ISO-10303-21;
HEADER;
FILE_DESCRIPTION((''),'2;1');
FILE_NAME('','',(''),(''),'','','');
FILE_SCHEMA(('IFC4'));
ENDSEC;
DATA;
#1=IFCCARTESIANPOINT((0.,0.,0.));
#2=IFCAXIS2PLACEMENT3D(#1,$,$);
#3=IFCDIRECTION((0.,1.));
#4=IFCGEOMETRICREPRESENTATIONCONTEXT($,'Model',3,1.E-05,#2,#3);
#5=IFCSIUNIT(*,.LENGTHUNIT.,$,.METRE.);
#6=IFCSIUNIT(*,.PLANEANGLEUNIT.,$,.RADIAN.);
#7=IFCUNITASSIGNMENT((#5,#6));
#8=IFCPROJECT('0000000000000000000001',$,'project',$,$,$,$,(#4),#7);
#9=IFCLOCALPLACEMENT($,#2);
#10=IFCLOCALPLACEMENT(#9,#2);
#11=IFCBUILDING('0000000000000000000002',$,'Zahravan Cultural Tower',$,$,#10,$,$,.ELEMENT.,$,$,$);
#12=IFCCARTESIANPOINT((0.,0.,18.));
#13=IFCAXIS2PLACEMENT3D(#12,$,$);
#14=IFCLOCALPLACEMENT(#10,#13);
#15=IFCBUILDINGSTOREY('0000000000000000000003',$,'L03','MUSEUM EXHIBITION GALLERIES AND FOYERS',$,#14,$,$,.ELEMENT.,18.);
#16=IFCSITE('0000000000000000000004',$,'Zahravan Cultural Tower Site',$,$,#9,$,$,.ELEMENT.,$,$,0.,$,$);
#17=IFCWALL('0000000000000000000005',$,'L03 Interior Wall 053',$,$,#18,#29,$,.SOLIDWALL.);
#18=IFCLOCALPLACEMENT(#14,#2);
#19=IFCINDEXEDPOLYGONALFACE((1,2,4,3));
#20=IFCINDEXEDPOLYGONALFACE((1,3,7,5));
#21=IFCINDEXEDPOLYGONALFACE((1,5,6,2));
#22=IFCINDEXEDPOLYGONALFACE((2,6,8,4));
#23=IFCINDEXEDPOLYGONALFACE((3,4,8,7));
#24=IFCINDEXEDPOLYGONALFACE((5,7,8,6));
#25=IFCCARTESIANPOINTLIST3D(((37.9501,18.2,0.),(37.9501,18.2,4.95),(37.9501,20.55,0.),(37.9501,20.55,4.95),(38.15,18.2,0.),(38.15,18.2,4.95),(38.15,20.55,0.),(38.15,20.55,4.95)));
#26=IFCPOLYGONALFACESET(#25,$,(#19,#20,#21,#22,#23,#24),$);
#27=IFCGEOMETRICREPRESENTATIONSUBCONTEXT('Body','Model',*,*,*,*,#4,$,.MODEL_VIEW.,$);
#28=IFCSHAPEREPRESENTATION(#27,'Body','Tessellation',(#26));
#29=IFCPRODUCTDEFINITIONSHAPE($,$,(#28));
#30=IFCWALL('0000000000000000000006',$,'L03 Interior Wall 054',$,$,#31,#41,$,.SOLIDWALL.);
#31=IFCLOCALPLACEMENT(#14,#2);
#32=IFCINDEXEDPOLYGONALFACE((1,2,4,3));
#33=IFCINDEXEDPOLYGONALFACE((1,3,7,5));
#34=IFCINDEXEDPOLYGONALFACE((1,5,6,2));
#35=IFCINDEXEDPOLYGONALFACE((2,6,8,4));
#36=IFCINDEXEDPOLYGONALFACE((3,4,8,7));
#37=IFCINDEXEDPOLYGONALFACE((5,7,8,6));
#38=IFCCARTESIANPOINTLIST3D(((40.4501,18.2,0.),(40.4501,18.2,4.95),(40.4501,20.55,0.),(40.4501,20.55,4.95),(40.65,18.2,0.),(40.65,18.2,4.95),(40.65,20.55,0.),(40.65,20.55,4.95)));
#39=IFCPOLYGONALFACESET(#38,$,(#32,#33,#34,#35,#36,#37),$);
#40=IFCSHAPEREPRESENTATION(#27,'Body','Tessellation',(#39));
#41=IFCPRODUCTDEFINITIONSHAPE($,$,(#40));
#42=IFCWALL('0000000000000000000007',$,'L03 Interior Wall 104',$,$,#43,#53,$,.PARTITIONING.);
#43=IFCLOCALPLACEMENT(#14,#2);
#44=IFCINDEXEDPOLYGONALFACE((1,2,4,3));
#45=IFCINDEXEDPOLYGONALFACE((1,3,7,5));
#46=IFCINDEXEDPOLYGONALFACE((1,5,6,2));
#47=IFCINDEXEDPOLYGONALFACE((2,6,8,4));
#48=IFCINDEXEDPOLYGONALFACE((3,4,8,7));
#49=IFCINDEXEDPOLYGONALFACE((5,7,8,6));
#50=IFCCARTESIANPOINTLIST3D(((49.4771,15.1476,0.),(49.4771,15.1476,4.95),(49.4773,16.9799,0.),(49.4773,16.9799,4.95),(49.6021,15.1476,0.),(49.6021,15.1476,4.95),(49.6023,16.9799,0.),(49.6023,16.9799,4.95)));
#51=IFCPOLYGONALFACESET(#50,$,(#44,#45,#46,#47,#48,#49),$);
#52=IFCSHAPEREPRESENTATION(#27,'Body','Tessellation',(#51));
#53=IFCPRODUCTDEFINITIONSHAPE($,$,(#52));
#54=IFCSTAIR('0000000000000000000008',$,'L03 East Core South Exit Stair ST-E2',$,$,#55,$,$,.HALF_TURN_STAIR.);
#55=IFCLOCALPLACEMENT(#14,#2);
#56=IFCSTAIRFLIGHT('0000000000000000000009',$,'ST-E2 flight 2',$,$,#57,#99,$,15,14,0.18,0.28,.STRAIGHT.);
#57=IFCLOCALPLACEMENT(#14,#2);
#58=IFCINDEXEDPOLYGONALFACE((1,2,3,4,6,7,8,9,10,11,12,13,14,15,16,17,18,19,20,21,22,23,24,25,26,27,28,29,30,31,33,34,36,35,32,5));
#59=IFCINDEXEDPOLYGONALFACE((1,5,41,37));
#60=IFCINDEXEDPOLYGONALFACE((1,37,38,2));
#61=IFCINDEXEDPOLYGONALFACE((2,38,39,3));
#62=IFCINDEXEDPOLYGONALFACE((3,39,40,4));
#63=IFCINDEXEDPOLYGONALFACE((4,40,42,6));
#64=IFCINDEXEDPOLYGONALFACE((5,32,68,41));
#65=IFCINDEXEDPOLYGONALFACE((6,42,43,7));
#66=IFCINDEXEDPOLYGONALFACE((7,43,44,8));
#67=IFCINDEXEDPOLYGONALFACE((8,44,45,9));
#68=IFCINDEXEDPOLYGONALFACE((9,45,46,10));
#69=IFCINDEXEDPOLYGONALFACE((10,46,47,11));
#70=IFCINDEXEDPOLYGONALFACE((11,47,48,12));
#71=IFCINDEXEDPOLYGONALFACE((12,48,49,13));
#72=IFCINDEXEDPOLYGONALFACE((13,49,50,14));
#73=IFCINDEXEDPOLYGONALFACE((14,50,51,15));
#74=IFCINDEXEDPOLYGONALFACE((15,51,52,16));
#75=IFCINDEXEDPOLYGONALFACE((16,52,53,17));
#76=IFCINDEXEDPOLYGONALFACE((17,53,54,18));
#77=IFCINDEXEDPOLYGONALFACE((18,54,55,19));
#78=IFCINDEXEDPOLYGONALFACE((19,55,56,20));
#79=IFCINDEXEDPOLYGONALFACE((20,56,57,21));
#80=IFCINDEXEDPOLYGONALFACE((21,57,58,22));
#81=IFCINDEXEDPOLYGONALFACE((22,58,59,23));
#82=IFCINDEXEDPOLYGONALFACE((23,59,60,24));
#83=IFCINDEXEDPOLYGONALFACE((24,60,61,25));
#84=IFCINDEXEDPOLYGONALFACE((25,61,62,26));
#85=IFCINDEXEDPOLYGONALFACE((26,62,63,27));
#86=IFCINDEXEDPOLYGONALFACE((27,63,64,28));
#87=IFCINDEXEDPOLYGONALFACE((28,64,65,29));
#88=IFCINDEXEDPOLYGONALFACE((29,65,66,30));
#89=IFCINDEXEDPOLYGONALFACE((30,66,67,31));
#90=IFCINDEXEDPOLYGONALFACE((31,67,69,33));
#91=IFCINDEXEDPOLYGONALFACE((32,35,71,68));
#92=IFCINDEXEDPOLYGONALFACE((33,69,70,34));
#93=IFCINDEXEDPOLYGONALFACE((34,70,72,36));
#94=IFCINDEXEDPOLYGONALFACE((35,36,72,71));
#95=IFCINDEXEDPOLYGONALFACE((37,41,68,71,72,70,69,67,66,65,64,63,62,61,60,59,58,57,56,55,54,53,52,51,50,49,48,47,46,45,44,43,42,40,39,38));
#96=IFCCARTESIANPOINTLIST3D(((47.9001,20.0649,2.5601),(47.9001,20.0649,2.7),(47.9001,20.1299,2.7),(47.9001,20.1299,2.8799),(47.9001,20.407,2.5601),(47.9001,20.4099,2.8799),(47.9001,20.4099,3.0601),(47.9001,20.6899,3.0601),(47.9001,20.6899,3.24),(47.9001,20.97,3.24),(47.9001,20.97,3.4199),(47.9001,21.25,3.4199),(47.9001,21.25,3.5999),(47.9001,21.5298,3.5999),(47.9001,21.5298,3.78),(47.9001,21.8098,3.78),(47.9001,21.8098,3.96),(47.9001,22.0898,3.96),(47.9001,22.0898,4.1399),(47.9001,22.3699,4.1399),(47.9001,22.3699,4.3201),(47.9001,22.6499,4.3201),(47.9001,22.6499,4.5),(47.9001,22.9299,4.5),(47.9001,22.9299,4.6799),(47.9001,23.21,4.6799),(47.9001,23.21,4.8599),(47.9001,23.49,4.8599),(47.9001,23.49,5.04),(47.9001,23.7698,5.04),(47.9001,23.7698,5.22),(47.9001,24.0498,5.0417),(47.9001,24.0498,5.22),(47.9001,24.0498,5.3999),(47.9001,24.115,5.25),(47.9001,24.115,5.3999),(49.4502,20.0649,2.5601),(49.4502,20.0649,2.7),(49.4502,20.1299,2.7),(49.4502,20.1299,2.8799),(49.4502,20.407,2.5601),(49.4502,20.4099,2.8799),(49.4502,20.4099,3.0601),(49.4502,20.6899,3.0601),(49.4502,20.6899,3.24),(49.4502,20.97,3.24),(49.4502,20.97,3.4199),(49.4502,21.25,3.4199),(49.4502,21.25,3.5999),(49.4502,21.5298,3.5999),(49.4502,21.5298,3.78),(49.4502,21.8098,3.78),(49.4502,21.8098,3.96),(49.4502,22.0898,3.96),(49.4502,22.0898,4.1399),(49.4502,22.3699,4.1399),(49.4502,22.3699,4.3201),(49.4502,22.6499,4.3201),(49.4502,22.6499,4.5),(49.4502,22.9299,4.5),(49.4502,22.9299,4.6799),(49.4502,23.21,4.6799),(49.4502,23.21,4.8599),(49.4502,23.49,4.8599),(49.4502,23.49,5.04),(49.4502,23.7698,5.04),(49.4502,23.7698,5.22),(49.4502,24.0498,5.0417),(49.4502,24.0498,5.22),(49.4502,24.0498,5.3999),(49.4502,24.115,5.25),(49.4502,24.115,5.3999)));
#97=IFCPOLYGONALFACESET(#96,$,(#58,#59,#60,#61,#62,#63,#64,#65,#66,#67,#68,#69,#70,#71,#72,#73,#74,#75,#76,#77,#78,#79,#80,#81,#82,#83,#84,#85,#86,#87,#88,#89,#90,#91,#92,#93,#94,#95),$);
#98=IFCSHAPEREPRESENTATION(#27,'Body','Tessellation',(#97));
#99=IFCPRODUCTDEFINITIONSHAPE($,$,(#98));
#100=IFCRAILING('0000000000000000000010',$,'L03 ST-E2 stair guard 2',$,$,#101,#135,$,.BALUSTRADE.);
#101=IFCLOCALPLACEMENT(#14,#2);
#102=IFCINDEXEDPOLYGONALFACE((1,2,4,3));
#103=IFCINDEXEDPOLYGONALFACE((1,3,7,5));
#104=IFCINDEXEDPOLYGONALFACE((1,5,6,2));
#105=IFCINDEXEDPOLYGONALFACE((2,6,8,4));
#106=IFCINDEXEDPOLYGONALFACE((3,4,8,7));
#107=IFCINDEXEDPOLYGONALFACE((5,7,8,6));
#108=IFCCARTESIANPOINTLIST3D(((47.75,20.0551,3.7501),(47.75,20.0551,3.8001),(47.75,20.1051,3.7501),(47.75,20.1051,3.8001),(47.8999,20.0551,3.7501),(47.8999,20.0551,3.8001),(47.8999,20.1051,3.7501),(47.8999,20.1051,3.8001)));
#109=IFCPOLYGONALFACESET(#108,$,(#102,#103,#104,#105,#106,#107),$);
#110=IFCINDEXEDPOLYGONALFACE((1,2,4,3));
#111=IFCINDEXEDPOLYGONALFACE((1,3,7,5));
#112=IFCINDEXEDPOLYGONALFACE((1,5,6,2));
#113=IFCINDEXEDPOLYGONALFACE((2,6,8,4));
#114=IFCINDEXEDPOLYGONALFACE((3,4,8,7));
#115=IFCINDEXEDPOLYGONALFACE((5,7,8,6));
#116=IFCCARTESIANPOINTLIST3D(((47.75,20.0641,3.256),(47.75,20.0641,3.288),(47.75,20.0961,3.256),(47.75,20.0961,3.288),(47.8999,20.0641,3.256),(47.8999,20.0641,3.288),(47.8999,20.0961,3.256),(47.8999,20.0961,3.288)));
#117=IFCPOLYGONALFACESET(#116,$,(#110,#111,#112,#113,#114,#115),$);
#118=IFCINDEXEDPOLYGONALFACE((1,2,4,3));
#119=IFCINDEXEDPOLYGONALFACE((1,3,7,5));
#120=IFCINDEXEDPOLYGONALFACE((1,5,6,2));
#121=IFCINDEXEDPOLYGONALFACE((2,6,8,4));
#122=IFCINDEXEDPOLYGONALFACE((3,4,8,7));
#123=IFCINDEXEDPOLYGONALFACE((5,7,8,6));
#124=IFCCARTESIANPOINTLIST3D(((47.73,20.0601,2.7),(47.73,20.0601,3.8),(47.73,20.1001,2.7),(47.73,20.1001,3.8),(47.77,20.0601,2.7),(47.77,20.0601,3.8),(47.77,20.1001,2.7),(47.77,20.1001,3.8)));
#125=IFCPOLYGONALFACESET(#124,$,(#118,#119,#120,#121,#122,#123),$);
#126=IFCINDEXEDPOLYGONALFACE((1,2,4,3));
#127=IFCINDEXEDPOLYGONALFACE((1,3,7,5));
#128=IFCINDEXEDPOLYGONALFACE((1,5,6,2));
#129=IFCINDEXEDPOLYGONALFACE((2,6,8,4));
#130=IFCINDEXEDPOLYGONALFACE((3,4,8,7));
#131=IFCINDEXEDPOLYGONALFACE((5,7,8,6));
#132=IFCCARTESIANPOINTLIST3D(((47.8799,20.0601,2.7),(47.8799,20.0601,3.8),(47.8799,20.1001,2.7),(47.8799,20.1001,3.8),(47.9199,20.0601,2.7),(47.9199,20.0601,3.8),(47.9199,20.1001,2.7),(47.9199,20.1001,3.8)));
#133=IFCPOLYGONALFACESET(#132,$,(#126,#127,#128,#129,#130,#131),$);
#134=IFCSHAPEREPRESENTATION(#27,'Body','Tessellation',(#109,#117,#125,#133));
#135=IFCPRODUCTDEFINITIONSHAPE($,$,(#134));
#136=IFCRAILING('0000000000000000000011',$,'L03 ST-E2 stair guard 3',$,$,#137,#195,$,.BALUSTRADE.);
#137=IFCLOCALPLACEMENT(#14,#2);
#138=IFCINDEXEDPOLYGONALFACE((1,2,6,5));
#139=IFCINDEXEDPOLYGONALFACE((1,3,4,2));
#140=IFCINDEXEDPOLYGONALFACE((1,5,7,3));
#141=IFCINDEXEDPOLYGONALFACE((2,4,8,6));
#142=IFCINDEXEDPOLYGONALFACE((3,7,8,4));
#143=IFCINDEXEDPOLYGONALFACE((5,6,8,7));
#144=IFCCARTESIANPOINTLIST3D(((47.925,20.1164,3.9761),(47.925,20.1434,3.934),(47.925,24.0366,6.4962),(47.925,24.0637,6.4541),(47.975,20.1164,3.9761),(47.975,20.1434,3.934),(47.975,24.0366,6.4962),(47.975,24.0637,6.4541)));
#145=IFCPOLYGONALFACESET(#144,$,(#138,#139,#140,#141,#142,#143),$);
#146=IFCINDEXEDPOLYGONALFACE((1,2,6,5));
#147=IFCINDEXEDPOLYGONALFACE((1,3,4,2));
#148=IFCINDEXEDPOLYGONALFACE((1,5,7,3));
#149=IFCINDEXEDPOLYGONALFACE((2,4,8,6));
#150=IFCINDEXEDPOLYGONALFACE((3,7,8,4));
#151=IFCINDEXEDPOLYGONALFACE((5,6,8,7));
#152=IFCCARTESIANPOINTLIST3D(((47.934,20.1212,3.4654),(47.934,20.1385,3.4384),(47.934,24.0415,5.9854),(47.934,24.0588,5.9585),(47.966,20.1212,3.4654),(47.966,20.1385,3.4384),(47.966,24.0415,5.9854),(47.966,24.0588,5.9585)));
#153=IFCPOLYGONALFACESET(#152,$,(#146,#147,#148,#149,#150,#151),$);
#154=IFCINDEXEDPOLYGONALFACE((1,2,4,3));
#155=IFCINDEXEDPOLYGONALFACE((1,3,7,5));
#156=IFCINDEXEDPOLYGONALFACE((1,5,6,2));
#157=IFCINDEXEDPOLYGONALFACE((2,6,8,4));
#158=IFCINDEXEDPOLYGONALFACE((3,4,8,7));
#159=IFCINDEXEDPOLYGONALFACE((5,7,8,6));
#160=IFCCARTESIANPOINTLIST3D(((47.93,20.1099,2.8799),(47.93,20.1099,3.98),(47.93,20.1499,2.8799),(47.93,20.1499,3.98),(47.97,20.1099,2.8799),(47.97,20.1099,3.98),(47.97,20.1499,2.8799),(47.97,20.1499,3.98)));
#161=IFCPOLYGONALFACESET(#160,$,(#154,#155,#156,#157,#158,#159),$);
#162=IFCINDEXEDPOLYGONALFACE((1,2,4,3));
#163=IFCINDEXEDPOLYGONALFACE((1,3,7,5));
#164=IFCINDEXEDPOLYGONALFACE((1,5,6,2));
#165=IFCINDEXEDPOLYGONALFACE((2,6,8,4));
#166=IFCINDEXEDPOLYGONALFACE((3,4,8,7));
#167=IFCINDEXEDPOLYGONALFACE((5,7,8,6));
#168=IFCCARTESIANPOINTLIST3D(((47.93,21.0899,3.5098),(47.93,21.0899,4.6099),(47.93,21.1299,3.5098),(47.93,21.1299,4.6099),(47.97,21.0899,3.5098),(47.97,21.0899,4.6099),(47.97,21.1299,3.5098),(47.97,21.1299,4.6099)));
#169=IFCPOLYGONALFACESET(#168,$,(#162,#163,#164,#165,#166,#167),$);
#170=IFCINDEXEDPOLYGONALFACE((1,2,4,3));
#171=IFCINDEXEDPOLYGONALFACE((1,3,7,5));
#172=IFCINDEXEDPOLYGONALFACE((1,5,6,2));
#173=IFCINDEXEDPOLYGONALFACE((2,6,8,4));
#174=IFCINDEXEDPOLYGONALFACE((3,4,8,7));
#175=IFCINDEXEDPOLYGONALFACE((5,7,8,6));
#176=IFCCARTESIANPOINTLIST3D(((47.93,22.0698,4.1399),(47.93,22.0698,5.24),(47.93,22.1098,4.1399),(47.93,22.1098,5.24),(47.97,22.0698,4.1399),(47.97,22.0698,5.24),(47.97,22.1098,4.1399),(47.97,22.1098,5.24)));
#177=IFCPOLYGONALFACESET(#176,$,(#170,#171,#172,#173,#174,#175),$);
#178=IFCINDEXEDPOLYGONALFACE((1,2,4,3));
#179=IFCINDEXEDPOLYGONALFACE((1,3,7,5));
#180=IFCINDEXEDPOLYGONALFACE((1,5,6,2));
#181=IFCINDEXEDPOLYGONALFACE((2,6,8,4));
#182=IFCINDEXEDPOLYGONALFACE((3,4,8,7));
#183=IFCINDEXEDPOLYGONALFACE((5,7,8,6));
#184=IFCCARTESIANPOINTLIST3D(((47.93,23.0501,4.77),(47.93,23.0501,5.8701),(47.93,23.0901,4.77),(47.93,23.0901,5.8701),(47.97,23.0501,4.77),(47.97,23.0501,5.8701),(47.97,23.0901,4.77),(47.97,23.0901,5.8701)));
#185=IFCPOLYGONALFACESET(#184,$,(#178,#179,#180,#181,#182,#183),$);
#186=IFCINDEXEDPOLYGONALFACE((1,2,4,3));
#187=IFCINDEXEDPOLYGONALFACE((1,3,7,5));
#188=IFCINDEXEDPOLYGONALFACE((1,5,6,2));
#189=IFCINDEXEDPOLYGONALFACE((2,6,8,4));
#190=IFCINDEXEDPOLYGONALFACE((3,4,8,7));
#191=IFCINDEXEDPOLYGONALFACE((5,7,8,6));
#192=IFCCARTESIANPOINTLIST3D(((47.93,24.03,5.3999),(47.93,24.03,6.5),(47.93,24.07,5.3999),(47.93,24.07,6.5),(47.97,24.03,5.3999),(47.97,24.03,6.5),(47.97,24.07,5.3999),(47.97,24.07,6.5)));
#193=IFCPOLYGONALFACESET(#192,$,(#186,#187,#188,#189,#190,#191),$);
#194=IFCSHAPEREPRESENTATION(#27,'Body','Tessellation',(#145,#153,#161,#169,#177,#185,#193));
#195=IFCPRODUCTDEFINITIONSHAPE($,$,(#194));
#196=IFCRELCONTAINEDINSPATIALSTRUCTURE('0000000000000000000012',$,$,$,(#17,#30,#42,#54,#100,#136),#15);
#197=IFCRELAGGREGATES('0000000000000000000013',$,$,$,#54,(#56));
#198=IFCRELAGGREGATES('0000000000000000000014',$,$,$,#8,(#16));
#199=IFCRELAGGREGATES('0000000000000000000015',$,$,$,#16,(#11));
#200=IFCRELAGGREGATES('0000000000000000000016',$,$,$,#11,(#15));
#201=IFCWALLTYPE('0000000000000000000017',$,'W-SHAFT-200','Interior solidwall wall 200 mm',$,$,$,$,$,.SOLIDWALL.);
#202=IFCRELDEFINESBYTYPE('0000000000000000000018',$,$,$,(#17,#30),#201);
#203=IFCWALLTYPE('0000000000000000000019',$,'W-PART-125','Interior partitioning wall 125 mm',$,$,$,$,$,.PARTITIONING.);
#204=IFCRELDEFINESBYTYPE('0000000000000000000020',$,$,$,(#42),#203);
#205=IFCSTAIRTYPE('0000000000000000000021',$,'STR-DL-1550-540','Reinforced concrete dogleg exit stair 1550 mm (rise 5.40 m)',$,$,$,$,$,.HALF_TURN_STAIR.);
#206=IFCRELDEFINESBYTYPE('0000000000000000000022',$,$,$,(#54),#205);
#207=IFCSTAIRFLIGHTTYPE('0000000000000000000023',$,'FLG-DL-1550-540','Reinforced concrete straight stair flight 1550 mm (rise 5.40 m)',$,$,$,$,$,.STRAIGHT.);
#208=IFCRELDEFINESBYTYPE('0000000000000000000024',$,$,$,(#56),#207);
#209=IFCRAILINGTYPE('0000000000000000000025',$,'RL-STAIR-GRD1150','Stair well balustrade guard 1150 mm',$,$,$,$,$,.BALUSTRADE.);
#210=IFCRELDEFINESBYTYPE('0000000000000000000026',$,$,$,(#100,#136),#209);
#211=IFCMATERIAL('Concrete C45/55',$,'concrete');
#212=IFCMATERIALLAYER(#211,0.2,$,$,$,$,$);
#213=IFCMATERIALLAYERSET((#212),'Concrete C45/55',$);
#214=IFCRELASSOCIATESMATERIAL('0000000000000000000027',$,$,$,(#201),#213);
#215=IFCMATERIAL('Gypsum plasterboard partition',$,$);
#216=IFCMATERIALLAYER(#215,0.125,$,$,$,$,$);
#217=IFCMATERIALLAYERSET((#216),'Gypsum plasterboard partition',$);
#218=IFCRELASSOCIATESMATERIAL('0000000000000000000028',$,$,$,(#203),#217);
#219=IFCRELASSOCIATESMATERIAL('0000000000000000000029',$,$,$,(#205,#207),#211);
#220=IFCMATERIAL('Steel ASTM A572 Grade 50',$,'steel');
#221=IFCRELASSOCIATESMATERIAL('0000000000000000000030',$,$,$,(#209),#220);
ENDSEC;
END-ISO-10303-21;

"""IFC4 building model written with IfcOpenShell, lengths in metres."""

from ifc_helpers import new_model, si_unit, direction, frame, frame_2d, origin, origin_2d, place, context, subcontext, project, spatial, polyline, rectangle, outline, extrude, source, transform, mapped, material, layer, layer_set, type_object, element, aggregate, save


model = new_model("IFC4")

# Units and contexts
model_context = context("Model", 3, precision=1e-05, world=origin(), true_north=direction((0.0, 1.0)))
body_context = subcontext(model_context, "Body", "Model", "MODEL_VIEW")
ifc_project = project(units=[si_unit("LENGTHUNIT", "METRE"), si_unit("PLANEANGLEUNIT", "RADIAN")], contexts=[model_context])

# Site, building, storey
site_placement = place(None, origin())
site = spatial("IfcSite", under=ifc_project, at=site_placement, Name="Zahravan Cultural Tower Site", CompositionType="ELEMENT", RefElevation=0.0)
building_placement = place(site_placement, origin())
building = spatial("IfcBuilding", under=site, at=building_placement, Name="Zahravan Cultural Tower", CompositionType="ELEMENT")
storey_placement = place(building_placement, frame((0.0, 0.0, 18.0)))
storey = spatial("IfcBuildingStorey", under=building, at=storey_placement, Name="L03", Description="MUSEUM EXHIBITION GALLERIES AND FOYERS", CompositionType="ELEMENT", Elevation=18.0)

# Shared definitions
ifc_material_1 = material(Name="Steel ASTM A572 Grade 50", Category="steel")

# Shared definitions
ifc_material_2 = material(Name="Gypsum plasterboard partition")
ifc_material_3 = material(Name="Concrete C45/55", Category="concrete")
ifc_layer_1 = layer(ifc_material_3, 0.2)
ifc_layer_set_1 = layer_set([ifc_layer_1], Name="Concrete C45/55")
wall_type_1 = type_object("IfcWallType", Name="W-SHAFT-200", Description="Interior solidwall wall 200 mm", PredefinedType="SOLIDWALL", material=ifc_layer_set_1)

# Walls
shared_shape_1 = source(origin(), body_context, "Body", "SweptSolid", [
    extrude(rectangle(XDim=2.3501, YDim=0.2, at=frame_2d((1.175, 0.0))), origin(), (0.0, 0.0, 1.0), 4.95),
])
for number, where, z_axis, x_axis, name in (
    (1, (38.05, 18.2, 0.0), (0.0, 0.0, 1.0), (0.0, 1.0, 0.0), "L03 Interior Wall 053"),
    (2, (40.55, 18.2, 0.0), (0.0, 0.0, 1.0), (0.0, 1.0, 0.0), "L03 Interior Wall 054"),
):
    element("IfcWall", number, at=place(storey_placement, frame(where, z_axis=z_axis, x_axis=x_axis)), inside=storey, type_object=wall_type_1, Name=name, PredefinedType="SOLIDWALL", context=body_context, shape_type="MappedRepresentation", body=[
        mapped(shared_shape_1, transform((0.0, 0.0, 0.0), x_axis=(1.0, 0.0, 0.0), y_axis=(0.0, 1.0, 0.0), z_axis=(0.0, 0.0, 1.0), scale=1.0)),
    ])
ifc_layer_2 = layer(ifc_material_2, 0.125)
ifc_layer_set_2 = layer_set([ifc_layer_2], Name="Gypsum plasterboard partition")
wall_type_2 = type_object("IfcWallType", Name="W-PART-125", Description="Interior partitioning wall 125 mm", PredefinedType="PARTITIONING", material=ifc_layer_set_2)
shared_shape_2 = source(origin(), body_context, "Body", "SweptSolid", [
    extrude(rectangle(XDim=1.8323, YDim=0.125, at=frame_2d((0.916, 0.0))), origin(), (0.0, 0.0, 1.0), 4.95),
])
wall_1_placement = place(storey_placement, frame((49.5396, 15.1477, 0.0), z_axis=(0.0, 0.0, 1.0), x_axis=(0.000133, 1.0, 0.0)))
element("IfcWall", 3, at=wall_1_placement, inside=storey, type_object=wall_type_2, Name="L03 Interior Wall 104", PredefinedType="PARTITIONING", context=body_context, shape_type="MappedRepresentation", body=[
    mapped(shared_shape_2, transform((0.0, 0.0, 0.0), x_axis=(1.0, 0.0, 0.0), y_axis=(0.0, 1.0, 0.0), z_axis=(0.0, 0.0, 1.0), scale=1.0)),
])

# Stair, stair flight
stair_type = type_object("IfcStairType", Name="STR-DL-1550-540", Description="Reinforced concrete dogleg exit stair 1550 mm (rise 5.40 m)", PredefinedType="HALF_TURN_STAIR", material=ifc_material_3)
stair_placement = place(storey_placement, origin())
stair = element("IfcStair", 4, at=stair_placement, inside=storey, type_object=stair_type, Name="L03 East Core South Exit Stair ST-E2", PredefinedType="HALF_TURN_STAIR")
stair_flight_type = type_object("IfcStairFlightType", Name="FLG-DL-1550-540", Description="Reinforced concrete straight stair flight 1550 mm (rise 5.40 m)", PredefinedType="STRAIGHT", material=ifc_material_3)
stair_flight_placement = place(storey_placement, frame((48.675, 20.1299, 2.7), z_axis=(0.0, 0.0, 1.0), x_axis=(0.0, 1.0, 0.0)))
stair_flight = element("IfcStairFlight", 5, at=stair_flight_placement, type_object=stair_flight_type, Name="ST-E2 flight 2", NumberOfRisers=15, NumberOfTreads=14, PredefinedType="STRAIGHT", RiserHeight=0.18, TreadLength=0.28, context=body_context, shape_type="SweptSolid", body=[
    extrude(outline(polyline([(-0.0649, -0.1399), (-0.0649, 0.0), (0.0, 0.0), (0.0, 0.1799), (0.28, 0.1799), (0.28, 0.3601), (0.5601, 0.3601), (0.5601, 0.54), (0.8401, 0.54), (0.8401, 0.72), (1.1201, 0.72), (1.1201, 0.8999), (1.3999, 0.8999), (1.3999, 1.0801), (1.6799, 1.0801), (1.6799, 1.26), (1.96, 1.26), (1.96, 1.4399), (2.24, 1.4399), (2.24, 1.6201), (2.52, 1.6201), (2.52, 1.8), (2.8, 1.8), (2.8, 1.98), (3.0801, 1.98), (3.0801, 2.1599), (3.3601, 2.1599), (3.3601, 2.3401), (3.6399, 2.3401), (3.6399, 2.52), (3.9199, 2.52), (3.9199, 2.7), (3.9851, 2.7), (3.9851, 2.55), (3.9199, 2.3418), (0.2771, -0.1399), (-0.0649, -0.1399)])), frame((0.0, 0.7749, 0.0), z_axis=(0.0, -1.0, 0.0), x_axis=(1.0, 0.0, 0.0)), (0.0, 0.0, 1.0), 1.55),
])
aggregate(stair, [stair_flight])

# Railings
railing_type_1 = type_object("IfcRailingType", Name="RL-STAIR-GRD1150", Description="Stair well balustrade guard 1150 mm", PredefinedType="BALUSTRADE", material=ifc_material_1)
railing_1_placement = place(storey_placement, frame((47.75, 20.0801, 2.7)))
element("IfcRailing", 6, at=railing_1_placement, inside=storey, type_object=railing_type_1, Name="L03 ST-E2 stair guard 2", PredefinedType="BALUSTRADE", context=body_context, shape_type="SweptSolid", body=[
    extrude(rectangle(XDim=0.05, YDim=0.05, at=origin_2d()), frame((0.0, 0.0, 1.0752), z_axis=(1.0, 0.0, 0.0), x_axis=(0.0, 1.0, 0.0)), (0.0, 0.0, 1.0), 0.1499),
    extrude(rectangle(XDim=0.032, YDim=0.032, at=origin_2d()), frame((0.0, 0.0, 0.572), z_axis=(1.0, 0.0, 0.0), x_axis=(0.0, 1.0, 0.0)), (0.0, 0.0, 1.0), 0.1499),
    extrude(rectangle(XDim=0.04, YDim=0.04, at=origin_2d()), origin(), (0.0, 0.0, 1.0), 1.1001),
    extrude(rectangle(XDim=0.04, YDim=0.04, at=origin_2d()), frame((0.1499, 0.0, 0.0)), (0.0, 0.0, 1.0), 1.1001),
])
railing_2_placement = place(storey_placement, frame((47.95, 20.1299, 2.8799)))
element("IfcRailing", 7, at=railing_2_placement, inside=storey, type_object=railing_type_1, Name="L03 ST-E2 stair guard 3", PredefinedType="BALUSTRADE", context=body_context, shape_type="SweptSolid", body=[
    extrude(rectangle(XDim=0.05, YDim=0.05, at=origin_2d()), frame((0.0, 0.0, 1.0752), z_axis=(0.0, 0.841187, 0.540744), x_axis=(-1.0, 0.0, 0.0)), (0.0, 0.0, 1.0), 4.6604),
    extrude(rectangle(XDim=0.032, YDim=0.032, at=origin_2d()), frame((0.0, 0.0, 0.572), z_axis=(0.0, 0.841187, 0.540744), x_axis=(-1.0, 0.0, 0.0)), (0.0, 0.0, 1.0), 4.6604),
    extrude(rectangle(XDim=0.04, YDim=0.04, at=origin_2d()), origin(), (0.0, 0.0, 1.0), 1.1001),
    extrude(rectangle(XDim=0.04, YDim=0.04, at=origin_2d()), frame((0.0, 0.98, 0.6299)), (0.0, 0.0, 1.0), 1.1001),
    extrude(rectangle(XDim=0.04, YDim=0.04, at=origin_2d()), frame((0.0, 1.96, 1.26)), (0.0, 0.0, 1.0), 1.1001),
    extrude(rectangle(XDim=0.04, YDim=0.04, at=origin_2d()), frame((0.0, 2.9402, 1.8901)), (0.0, 0.0, 1.0), 1.1001),
    extrude(rectangle(XDim=0.04, YDim=0.04, at=origin_2d()), frame((0.0, 3.9202, 2.52)), (0.0, 0.0, 1.0), 1.1001),
])

save(model, "model.ifc")
